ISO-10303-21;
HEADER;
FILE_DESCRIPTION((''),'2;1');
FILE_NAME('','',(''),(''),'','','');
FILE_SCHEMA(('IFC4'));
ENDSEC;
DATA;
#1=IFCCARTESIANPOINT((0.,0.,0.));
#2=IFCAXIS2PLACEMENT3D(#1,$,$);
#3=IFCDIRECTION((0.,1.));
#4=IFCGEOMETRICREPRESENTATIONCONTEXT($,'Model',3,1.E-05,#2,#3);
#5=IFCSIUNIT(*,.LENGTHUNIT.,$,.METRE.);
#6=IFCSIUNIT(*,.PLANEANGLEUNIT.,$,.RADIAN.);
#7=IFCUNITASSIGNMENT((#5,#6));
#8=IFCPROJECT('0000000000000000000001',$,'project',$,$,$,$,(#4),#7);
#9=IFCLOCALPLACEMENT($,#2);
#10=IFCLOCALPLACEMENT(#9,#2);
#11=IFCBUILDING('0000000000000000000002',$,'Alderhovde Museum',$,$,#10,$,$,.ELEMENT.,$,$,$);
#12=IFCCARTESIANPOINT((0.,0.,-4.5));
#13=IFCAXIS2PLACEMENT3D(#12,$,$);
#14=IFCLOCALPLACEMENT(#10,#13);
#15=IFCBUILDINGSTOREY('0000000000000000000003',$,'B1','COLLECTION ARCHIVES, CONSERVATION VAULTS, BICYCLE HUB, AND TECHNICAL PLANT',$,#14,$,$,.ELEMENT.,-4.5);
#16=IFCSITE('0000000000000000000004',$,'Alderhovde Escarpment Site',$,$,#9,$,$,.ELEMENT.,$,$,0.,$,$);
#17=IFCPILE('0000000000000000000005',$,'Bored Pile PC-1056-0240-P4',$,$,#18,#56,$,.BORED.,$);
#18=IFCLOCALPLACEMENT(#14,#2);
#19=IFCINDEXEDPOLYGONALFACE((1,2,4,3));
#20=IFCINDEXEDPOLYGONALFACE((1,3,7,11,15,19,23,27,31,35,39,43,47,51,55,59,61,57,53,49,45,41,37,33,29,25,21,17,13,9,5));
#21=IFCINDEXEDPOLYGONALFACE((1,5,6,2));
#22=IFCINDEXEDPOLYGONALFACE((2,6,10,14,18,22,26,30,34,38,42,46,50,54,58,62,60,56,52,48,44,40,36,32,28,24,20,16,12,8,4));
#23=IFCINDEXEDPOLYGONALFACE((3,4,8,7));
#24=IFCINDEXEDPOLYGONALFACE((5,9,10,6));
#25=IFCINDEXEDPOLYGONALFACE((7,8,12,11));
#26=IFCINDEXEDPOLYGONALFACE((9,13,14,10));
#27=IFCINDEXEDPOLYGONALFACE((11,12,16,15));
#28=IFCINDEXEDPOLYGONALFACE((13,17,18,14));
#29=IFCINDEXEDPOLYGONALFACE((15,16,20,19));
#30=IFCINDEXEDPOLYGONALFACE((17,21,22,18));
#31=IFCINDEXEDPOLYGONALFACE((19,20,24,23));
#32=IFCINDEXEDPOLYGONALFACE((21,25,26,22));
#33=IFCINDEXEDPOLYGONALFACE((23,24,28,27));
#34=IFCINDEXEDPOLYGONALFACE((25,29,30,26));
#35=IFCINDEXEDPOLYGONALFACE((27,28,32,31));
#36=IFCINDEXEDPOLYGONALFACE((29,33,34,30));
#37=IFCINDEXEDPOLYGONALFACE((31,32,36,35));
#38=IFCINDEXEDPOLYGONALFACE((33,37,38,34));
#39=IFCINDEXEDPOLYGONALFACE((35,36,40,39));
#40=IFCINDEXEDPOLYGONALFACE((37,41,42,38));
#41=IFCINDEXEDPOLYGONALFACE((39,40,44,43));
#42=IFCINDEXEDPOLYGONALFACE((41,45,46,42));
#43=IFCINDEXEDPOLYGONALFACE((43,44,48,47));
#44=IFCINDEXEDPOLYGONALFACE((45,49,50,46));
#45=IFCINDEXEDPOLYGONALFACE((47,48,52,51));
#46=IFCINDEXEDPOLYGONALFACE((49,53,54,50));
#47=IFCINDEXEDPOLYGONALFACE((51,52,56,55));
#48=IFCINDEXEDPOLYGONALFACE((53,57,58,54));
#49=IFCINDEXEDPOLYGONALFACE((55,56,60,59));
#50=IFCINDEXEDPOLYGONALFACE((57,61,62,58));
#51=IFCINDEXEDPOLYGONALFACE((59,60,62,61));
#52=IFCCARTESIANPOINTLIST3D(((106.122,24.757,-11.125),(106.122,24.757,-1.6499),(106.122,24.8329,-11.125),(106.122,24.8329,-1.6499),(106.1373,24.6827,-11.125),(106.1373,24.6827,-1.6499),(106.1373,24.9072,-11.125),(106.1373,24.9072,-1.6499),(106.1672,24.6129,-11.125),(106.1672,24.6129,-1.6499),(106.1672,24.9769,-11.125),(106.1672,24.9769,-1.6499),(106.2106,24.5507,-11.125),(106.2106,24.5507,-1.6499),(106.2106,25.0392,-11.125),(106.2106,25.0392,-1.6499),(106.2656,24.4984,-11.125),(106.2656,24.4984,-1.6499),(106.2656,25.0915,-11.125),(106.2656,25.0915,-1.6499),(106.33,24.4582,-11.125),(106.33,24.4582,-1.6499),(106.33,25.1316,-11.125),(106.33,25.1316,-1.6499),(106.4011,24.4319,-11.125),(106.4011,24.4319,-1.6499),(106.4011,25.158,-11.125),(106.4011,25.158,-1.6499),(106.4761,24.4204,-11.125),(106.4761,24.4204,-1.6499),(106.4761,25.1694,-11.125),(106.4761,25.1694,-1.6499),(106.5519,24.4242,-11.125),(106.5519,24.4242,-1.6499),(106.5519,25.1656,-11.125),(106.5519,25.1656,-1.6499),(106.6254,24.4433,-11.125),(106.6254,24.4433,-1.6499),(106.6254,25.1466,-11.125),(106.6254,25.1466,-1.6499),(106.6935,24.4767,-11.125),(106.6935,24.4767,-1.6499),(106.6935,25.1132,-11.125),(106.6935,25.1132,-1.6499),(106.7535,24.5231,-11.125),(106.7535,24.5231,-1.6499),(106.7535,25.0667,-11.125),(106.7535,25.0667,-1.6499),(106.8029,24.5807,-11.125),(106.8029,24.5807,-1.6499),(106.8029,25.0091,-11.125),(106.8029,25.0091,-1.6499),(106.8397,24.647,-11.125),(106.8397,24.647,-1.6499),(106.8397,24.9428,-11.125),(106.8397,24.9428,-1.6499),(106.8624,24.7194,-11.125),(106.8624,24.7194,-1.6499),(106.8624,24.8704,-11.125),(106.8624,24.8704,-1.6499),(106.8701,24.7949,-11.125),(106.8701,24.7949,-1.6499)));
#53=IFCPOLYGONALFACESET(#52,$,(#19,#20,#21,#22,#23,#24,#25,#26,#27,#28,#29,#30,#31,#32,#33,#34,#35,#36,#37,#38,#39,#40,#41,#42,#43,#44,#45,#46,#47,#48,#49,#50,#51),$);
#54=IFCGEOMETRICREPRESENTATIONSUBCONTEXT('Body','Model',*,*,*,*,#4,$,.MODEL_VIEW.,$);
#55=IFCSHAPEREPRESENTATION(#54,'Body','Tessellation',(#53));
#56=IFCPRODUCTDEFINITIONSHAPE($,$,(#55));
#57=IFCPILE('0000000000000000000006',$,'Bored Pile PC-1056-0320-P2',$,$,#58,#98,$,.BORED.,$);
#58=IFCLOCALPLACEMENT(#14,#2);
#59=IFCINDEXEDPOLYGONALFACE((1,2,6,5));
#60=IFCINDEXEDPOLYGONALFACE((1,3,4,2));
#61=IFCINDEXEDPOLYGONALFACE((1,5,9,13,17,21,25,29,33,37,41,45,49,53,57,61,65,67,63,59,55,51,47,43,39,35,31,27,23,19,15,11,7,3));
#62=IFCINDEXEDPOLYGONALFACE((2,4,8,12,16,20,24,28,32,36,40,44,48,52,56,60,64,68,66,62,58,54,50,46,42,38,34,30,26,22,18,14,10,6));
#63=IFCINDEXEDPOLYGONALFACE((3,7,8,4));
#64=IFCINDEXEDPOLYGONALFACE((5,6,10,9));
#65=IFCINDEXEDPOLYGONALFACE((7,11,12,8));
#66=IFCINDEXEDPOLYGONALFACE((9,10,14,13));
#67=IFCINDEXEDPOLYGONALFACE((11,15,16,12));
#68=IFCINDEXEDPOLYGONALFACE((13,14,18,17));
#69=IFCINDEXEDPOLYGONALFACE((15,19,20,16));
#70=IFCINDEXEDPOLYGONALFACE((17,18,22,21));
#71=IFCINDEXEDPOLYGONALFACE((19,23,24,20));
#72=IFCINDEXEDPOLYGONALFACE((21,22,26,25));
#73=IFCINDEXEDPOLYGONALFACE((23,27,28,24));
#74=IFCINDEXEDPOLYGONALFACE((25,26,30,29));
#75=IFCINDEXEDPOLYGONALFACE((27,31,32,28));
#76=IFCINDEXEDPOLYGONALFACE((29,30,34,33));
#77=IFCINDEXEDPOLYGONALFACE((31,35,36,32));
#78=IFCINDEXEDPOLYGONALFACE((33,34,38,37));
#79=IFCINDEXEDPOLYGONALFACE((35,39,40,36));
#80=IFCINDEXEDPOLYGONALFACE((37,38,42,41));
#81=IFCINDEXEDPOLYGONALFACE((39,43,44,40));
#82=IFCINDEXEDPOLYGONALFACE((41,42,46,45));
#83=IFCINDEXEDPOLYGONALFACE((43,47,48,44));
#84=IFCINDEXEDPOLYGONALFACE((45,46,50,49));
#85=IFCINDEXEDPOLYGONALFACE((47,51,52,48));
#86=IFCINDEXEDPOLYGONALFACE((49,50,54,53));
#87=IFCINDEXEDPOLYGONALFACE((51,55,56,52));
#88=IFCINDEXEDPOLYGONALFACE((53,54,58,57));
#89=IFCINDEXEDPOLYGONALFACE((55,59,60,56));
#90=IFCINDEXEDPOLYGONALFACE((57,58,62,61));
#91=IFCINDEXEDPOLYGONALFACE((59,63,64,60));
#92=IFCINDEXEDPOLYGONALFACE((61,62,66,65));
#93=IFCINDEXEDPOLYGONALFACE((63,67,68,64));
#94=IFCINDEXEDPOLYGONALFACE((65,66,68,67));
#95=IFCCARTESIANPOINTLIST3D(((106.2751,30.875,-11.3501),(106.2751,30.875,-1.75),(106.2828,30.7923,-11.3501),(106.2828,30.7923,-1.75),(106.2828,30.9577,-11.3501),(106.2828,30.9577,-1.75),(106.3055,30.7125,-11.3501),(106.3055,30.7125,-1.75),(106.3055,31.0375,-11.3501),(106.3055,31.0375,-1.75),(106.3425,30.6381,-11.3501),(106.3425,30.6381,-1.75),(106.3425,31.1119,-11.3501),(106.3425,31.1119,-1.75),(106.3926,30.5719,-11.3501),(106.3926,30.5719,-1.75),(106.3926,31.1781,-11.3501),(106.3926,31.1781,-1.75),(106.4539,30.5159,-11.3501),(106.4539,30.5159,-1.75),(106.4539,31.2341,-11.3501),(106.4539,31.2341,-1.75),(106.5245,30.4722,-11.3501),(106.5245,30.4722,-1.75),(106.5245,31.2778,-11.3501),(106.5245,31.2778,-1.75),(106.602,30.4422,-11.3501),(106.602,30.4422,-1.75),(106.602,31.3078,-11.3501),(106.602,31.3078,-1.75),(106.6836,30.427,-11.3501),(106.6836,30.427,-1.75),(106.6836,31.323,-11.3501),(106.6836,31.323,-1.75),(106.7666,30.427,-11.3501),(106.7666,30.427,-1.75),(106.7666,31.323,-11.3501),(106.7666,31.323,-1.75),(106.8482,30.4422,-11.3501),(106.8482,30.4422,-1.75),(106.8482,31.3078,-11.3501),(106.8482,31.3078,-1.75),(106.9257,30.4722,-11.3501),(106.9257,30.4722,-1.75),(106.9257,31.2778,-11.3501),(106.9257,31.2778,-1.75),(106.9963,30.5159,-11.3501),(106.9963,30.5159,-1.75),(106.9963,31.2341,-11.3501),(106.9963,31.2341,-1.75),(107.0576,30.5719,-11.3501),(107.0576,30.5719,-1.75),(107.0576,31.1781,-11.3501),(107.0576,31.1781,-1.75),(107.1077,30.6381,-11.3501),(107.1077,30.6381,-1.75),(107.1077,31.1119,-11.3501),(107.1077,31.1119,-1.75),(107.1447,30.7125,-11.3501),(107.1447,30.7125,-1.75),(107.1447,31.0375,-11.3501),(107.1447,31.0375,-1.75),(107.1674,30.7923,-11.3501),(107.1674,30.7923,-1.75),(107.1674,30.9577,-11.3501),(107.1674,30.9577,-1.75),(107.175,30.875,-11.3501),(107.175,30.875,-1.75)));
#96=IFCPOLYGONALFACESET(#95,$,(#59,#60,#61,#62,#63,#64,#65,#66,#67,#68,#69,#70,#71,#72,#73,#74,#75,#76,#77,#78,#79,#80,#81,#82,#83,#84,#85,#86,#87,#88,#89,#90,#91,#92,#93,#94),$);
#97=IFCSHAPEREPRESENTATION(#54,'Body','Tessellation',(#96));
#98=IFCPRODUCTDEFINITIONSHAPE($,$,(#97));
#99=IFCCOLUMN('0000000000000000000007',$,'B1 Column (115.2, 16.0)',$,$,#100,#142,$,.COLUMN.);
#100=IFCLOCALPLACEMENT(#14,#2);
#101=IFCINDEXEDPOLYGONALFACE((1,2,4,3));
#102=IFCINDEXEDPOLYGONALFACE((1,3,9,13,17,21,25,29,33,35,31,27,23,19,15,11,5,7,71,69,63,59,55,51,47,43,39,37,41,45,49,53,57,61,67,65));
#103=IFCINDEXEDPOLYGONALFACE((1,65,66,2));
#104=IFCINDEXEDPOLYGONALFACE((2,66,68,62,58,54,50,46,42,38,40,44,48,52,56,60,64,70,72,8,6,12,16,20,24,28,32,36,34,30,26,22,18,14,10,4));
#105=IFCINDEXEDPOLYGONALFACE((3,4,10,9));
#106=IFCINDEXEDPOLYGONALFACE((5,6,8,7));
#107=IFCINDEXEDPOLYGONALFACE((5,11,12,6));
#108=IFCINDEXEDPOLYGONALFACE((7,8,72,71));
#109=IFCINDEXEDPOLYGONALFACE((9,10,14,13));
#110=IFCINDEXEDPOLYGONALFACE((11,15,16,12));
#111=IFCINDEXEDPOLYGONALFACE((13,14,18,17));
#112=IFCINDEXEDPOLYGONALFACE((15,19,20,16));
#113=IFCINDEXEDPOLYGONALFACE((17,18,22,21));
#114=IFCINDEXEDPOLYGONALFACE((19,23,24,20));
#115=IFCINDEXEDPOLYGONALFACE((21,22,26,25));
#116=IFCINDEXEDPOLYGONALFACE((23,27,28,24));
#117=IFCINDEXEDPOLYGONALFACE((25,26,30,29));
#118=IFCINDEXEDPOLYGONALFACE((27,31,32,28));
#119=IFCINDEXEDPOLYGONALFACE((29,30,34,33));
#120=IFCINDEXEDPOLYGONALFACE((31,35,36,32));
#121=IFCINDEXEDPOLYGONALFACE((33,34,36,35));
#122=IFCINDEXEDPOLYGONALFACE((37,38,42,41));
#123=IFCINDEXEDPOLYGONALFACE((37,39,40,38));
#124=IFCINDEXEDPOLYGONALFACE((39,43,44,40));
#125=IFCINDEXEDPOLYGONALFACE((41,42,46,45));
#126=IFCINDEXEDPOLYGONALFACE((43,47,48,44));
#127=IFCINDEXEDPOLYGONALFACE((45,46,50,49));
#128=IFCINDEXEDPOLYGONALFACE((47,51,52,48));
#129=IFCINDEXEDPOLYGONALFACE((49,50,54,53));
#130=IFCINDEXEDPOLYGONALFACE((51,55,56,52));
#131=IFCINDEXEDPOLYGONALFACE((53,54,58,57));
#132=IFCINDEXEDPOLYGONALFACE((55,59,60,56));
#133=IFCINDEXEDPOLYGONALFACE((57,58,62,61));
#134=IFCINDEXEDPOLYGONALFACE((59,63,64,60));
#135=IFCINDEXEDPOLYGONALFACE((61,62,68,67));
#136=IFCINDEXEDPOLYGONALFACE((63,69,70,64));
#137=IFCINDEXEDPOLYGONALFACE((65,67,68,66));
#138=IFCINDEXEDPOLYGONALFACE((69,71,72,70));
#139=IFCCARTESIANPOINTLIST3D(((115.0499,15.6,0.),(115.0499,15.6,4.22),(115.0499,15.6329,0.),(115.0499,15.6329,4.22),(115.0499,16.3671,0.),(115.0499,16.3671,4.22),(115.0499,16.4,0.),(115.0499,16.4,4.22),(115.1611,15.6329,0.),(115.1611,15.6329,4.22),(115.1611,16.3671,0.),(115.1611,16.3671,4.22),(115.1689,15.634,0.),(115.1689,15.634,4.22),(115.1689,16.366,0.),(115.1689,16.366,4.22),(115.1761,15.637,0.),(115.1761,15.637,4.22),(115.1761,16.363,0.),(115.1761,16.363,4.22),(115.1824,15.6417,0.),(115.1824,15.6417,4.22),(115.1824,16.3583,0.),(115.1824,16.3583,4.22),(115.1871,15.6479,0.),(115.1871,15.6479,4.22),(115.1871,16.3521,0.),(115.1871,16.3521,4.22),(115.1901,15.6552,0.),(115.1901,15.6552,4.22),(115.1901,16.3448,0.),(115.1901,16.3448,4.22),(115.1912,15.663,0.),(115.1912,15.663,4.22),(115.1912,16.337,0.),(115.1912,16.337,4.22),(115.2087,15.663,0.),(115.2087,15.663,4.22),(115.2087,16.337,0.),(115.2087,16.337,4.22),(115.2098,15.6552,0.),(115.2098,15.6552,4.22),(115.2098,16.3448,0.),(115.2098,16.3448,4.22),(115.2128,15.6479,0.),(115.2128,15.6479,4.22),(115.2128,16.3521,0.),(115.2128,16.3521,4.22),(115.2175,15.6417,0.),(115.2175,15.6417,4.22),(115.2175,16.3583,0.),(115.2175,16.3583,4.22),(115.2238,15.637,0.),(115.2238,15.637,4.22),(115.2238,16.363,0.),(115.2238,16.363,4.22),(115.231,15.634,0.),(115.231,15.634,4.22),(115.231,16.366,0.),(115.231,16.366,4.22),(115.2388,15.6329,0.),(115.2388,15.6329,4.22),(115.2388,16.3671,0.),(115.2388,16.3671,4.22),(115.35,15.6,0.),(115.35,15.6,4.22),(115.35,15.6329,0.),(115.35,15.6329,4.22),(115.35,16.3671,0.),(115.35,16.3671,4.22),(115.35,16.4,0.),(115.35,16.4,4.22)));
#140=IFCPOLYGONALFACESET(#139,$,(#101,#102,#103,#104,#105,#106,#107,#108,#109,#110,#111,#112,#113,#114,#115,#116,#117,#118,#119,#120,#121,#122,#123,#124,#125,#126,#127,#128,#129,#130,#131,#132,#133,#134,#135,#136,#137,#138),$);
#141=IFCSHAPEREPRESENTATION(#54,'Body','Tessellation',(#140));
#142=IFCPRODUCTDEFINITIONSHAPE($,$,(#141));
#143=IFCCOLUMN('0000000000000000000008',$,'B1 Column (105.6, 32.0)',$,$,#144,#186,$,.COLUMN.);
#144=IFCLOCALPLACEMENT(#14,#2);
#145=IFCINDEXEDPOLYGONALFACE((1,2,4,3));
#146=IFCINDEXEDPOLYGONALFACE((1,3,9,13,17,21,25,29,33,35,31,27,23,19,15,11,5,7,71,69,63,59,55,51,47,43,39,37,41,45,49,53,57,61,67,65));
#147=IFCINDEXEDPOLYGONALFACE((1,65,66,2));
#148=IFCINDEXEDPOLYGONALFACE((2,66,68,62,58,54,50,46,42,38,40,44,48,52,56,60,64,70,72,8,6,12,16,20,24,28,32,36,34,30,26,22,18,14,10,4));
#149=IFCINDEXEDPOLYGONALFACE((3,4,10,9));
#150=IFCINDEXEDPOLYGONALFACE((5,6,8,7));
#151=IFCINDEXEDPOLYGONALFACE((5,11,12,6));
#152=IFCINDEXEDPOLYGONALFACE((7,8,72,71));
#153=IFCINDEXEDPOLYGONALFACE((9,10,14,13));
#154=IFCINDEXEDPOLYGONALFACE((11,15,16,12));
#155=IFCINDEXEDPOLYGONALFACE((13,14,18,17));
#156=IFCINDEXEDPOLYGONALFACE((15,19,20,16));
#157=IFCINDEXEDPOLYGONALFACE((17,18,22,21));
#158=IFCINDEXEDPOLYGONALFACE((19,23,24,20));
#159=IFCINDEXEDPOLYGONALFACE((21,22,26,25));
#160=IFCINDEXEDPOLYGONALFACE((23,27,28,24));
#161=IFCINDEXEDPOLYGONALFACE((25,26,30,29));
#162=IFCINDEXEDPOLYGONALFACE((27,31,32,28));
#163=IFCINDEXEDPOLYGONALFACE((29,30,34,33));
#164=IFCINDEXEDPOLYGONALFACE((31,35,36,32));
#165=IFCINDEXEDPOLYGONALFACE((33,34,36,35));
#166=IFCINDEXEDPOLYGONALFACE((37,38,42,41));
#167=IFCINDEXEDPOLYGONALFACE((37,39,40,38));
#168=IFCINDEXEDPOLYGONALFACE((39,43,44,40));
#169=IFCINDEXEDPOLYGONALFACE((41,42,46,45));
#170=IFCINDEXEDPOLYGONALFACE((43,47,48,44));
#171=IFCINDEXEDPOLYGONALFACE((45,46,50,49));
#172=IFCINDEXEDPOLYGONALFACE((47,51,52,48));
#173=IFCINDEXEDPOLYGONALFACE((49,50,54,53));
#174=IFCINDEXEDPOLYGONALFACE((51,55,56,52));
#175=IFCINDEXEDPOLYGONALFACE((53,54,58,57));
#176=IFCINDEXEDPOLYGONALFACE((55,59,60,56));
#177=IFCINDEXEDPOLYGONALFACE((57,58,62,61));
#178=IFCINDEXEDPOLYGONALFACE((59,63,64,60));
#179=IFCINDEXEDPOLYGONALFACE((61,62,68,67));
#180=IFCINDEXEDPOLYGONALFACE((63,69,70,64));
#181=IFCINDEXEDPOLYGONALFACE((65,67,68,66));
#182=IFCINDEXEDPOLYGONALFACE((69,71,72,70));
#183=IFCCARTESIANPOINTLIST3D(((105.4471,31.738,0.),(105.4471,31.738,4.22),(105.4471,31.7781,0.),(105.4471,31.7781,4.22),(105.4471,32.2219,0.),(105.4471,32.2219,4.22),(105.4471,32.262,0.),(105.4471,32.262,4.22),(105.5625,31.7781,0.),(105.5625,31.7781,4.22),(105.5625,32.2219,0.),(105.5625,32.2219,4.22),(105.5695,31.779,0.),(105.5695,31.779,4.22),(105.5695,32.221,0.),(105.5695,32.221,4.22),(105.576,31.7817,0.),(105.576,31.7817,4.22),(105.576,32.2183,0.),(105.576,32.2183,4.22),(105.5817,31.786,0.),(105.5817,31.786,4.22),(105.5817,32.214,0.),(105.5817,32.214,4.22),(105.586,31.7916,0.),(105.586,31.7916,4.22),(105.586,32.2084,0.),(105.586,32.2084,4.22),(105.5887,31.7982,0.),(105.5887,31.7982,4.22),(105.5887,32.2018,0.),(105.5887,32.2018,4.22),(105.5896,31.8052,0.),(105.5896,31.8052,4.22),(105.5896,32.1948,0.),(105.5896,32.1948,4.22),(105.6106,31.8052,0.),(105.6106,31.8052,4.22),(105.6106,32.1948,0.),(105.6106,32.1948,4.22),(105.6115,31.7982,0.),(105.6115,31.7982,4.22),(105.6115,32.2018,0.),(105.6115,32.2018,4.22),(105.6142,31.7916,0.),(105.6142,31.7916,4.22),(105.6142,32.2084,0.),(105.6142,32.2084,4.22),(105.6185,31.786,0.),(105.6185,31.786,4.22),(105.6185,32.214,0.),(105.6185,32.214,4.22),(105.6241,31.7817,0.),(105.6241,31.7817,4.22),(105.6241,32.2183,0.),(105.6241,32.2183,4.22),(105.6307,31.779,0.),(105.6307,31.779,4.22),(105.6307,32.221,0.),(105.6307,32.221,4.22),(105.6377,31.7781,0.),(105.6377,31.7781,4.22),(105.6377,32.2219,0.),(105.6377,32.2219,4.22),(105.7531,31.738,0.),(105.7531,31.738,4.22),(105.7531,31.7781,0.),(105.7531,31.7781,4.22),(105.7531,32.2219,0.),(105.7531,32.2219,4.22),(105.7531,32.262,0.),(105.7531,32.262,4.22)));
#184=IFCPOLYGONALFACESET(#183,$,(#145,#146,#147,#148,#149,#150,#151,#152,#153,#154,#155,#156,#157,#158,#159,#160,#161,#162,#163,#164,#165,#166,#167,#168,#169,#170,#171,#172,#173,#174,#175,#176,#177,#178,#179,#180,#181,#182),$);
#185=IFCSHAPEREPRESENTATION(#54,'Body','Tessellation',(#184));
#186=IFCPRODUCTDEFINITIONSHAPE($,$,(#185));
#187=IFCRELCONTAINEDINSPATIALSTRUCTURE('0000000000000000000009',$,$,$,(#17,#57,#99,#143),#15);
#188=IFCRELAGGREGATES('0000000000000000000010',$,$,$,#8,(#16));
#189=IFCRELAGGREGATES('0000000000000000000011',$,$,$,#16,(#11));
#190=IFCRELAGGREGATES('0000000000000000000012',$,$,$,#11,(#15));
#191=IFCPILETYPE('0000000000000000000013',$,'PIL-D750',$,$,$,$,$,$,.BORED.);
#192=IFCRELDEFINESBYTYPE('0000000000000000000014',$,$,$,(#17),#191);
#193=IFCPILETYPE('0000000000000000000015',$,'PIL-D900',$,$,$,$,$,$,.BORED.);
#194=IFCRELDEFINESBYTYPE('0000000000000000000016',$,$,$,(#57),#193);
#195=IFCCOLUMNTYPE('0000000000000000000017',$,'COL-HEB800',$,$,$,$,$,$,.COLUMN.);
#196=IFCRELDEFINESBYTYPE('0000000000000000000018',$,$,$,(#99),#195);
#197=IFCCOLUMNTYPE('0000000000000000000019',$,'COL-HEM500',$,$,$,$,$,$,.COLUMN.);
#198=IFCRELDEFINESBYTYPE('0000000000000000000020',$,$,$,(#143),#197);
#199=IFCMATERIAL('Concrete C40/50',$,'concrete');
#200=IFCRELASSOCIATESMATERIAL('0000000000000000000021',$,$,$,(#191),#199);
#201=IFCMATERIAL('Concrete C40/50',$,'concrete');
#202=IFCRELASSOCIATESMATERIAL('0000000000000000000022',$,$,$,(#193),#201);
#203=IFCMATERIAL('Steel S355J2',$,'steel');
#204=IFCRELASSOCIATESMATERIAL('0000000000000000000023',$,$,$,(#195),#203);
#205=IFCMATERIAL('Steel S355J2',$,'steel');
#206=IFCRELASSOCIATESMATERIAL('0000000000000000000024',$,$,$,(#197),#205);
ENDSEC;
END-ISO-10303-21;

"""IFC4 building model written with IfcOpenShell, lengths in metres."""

from ifc_helpers import new_model, si_unit, direction, frame, origin, origin_2d, place, context, subcontext, project, spatial, circle, i_section, extrude, material, material_profile, profile_set, type_object, element, save


model = new_model("IFC4")

# Units and contexts
model_context = context("Model", 3, precision=1e-05, world=origin(), true_north=direction((0.0, 1.0)))
body_context = subcontext(model_context, "Body", "Model", "MODEL_VIEW")
ifc_project = project(units=[si_unit("LENGTHUNIT", "METRE"), si_unit("PLANEANGLEUNIT", "RADIAN")], contexts=[model_context])

# Site, building, storey
site_placement = place(None, origin())
site = spatial("IfcSite", under=ifc_project, at=site_placement, Name="Alderhovde Escarpment Site", CompositionType="ELEMENT", RefElevation=0.0)
building_placement = place(site_placement, origin())
building = spatial("IfcBuilding", under=site, at=building_placement, Name="Alderhovde Museum", CompositionType="ELEMENT")
storey_placement = place(building_placement, frame((0.0, 0.0, -4.5)))
storey = spatial("IfcBuildingStorey", under=building, at=storey_placement, Name="B1", Description="COLLECTION ARCHIVES, CONSERVATION VAULTS, BICYCLE HUB, AND TECHNICAL PLANT", CompositionType="ELEMENT", Elevation=-4.5)

# Piles
ifc_material_1 = material(Name="Concrete C40/50", Category="concrete")
ifc_material_profile_1 = material_profile(ifc_material_1, circle(Radius=0.375, at=origin_2d()), Name="PILE-D750")
ifc_profile_set_1 = profile_set([ifc_material_profile_1], Name="Concrete C40/50")
pile_type_1 = type_object("IfcPileType", Name="PIL-D750", PredefinedType="BORED", material=ifc_profile_set_1)
for number, where, z_axis, x_axis, name in (
    (1, (106.4951, 24.7949, -1.6499), (0.0, 0.0, -1.0), (1.0, 0.0, 0.0), "Bored Pile PC-1056-0240-P4"),
):
    element("IfcPile", number, at=place(storey_placement, frame(where, z_axis=z_axis, x_axis=x_axis)), inside=storey, type_object=pile_type_1, Name=name, PredefinedType="BORED", context=body_context, shape_type="SweptSolid", body=[
        extrude(circle(Radius=0.375, at=origin_2d()), origin(), (0.0, 0.0, 1.0), 9.4751),
    ])
ifc_material_2 = material(Name="Concrete C40/50", Category="concrete")
ifc_material_profile_2 = material_profile(ifc_material_2, circle(Radius=0.45, at=origin_2d()), Name="PILE-D900")
ifc_profile_set_2 = profile_set([ifc_material_profile_2], Name="Concrete C40/50")
pile_type_2 = type_object("IfcPileType", Name="PIL-D900", PredefinedType="BORED", material=ifc_profile_set_2)
pile_1_placement = place(storey_placement, frame((106.7251, 30.875, -1.75), z_axis=(0.0, 0.0, -1.0), x_axis=(1.0, 0.0, 0.0)))
element("IfcPile", 2, at=pile_1_placement, inside=storey, type_object=pile_type_2, Name="Bored Pile PC-1056-0320-P2", PredefinedType="BORED", context=body_context, shape_type="SweptSolid", body=[
    extrude(circle(Radius=0.45, at=origin_2d()), origin(), (0.0, 0.0, 1.0), 9.6001),
])

# Columns
ifc_material_3 = material(Name="Steel S355J2", Category="steel")
ifc_material_profile_3 = material_profile(ifc_material_3, i_section(OverallWidth=0.3, OverallDepth=0.8, WebThickness=0.0176, FlangeThickness=0.033, FilletRadius=0.03, at=origin_2d()), Name="HEB 800")
ifc_profile_set_3 = profile_set([ifc_material_profile_3], Name="Steel S355J2")
column_type_1 = type_object("IfcColumnType", Name="COL-HEB800", PredefinedType="COLUMN", material=ifc_profile_set_3)
column_1_placement = place(storey_placement, frame((115.2, 16.0, 0.0), z_axis=(0.0, 0.0, 1.0), x_axis=(1.0, 0.0, 0.0)))
element("IfcColumn", 3, at=column_1_placement, inside=storey, type_object=column_type_1, Name="B1 Column (115.2, 16.0)", PredefinedType="COLUMN", context=body_context, shape_type="SweptSolid", body=[
    extrude(i_section(OverallWidth=0.3, OverallDepth=0.8, WebThickness=0.0176, FlangeThickness=0.033, FilletRadius=0.03, at=origin_2d()), origin(), (0.0, 0.0, 1.0), 4.22),
])
ifc_material_4 = material(Name="Steel S355J2", Category="steel")
ifc_material_profile_4 = material_profile(ifc_material_4, i_section(OverallWidth=0.3059, OverallDepth=0.5239, WebThickness=0.021, FlangeThickness=0.04, FilletRadius=0.0271, at=origin_2d()), Name="HEM 500")
ifc_profile_set_4 = profile_set([ifc_material_profile_4], Name="Steel S355J2")
column_type_2 = type_object("IfcColumnType", Name="COL-HEM500", PredefinedType="COLUMN", material=ifc_profile_set_4)
for number, where, z_axis, x_axis, name in (
    (4, (105.6001, 32.0, 0.0), (0.0, 0.0, 1.0), (1.0, 0.0, 0.0), "B1 Column (105.6, 32.0)"),
):
    element("IfcColumn", number, at=place(storey_placement, frame(where, z_axis=z_axis, x_axis=x_axis)), inside=storey, type_object=column_type_2, Name=name, PredefinedType="COLUMN", context=body_context, shape_type="SweptSolid", body=[
        extrude(i_section(OverallWidth=0.3059, OverallDepth=0.5239, WebThickness=0.021, FlangeThickness=0.04, FilletRadius=0.0271, at=origin_2d()), origin(), (0.0, 0.0, 1.0), 4.22),
    ])

save(model, "model.ifc")
